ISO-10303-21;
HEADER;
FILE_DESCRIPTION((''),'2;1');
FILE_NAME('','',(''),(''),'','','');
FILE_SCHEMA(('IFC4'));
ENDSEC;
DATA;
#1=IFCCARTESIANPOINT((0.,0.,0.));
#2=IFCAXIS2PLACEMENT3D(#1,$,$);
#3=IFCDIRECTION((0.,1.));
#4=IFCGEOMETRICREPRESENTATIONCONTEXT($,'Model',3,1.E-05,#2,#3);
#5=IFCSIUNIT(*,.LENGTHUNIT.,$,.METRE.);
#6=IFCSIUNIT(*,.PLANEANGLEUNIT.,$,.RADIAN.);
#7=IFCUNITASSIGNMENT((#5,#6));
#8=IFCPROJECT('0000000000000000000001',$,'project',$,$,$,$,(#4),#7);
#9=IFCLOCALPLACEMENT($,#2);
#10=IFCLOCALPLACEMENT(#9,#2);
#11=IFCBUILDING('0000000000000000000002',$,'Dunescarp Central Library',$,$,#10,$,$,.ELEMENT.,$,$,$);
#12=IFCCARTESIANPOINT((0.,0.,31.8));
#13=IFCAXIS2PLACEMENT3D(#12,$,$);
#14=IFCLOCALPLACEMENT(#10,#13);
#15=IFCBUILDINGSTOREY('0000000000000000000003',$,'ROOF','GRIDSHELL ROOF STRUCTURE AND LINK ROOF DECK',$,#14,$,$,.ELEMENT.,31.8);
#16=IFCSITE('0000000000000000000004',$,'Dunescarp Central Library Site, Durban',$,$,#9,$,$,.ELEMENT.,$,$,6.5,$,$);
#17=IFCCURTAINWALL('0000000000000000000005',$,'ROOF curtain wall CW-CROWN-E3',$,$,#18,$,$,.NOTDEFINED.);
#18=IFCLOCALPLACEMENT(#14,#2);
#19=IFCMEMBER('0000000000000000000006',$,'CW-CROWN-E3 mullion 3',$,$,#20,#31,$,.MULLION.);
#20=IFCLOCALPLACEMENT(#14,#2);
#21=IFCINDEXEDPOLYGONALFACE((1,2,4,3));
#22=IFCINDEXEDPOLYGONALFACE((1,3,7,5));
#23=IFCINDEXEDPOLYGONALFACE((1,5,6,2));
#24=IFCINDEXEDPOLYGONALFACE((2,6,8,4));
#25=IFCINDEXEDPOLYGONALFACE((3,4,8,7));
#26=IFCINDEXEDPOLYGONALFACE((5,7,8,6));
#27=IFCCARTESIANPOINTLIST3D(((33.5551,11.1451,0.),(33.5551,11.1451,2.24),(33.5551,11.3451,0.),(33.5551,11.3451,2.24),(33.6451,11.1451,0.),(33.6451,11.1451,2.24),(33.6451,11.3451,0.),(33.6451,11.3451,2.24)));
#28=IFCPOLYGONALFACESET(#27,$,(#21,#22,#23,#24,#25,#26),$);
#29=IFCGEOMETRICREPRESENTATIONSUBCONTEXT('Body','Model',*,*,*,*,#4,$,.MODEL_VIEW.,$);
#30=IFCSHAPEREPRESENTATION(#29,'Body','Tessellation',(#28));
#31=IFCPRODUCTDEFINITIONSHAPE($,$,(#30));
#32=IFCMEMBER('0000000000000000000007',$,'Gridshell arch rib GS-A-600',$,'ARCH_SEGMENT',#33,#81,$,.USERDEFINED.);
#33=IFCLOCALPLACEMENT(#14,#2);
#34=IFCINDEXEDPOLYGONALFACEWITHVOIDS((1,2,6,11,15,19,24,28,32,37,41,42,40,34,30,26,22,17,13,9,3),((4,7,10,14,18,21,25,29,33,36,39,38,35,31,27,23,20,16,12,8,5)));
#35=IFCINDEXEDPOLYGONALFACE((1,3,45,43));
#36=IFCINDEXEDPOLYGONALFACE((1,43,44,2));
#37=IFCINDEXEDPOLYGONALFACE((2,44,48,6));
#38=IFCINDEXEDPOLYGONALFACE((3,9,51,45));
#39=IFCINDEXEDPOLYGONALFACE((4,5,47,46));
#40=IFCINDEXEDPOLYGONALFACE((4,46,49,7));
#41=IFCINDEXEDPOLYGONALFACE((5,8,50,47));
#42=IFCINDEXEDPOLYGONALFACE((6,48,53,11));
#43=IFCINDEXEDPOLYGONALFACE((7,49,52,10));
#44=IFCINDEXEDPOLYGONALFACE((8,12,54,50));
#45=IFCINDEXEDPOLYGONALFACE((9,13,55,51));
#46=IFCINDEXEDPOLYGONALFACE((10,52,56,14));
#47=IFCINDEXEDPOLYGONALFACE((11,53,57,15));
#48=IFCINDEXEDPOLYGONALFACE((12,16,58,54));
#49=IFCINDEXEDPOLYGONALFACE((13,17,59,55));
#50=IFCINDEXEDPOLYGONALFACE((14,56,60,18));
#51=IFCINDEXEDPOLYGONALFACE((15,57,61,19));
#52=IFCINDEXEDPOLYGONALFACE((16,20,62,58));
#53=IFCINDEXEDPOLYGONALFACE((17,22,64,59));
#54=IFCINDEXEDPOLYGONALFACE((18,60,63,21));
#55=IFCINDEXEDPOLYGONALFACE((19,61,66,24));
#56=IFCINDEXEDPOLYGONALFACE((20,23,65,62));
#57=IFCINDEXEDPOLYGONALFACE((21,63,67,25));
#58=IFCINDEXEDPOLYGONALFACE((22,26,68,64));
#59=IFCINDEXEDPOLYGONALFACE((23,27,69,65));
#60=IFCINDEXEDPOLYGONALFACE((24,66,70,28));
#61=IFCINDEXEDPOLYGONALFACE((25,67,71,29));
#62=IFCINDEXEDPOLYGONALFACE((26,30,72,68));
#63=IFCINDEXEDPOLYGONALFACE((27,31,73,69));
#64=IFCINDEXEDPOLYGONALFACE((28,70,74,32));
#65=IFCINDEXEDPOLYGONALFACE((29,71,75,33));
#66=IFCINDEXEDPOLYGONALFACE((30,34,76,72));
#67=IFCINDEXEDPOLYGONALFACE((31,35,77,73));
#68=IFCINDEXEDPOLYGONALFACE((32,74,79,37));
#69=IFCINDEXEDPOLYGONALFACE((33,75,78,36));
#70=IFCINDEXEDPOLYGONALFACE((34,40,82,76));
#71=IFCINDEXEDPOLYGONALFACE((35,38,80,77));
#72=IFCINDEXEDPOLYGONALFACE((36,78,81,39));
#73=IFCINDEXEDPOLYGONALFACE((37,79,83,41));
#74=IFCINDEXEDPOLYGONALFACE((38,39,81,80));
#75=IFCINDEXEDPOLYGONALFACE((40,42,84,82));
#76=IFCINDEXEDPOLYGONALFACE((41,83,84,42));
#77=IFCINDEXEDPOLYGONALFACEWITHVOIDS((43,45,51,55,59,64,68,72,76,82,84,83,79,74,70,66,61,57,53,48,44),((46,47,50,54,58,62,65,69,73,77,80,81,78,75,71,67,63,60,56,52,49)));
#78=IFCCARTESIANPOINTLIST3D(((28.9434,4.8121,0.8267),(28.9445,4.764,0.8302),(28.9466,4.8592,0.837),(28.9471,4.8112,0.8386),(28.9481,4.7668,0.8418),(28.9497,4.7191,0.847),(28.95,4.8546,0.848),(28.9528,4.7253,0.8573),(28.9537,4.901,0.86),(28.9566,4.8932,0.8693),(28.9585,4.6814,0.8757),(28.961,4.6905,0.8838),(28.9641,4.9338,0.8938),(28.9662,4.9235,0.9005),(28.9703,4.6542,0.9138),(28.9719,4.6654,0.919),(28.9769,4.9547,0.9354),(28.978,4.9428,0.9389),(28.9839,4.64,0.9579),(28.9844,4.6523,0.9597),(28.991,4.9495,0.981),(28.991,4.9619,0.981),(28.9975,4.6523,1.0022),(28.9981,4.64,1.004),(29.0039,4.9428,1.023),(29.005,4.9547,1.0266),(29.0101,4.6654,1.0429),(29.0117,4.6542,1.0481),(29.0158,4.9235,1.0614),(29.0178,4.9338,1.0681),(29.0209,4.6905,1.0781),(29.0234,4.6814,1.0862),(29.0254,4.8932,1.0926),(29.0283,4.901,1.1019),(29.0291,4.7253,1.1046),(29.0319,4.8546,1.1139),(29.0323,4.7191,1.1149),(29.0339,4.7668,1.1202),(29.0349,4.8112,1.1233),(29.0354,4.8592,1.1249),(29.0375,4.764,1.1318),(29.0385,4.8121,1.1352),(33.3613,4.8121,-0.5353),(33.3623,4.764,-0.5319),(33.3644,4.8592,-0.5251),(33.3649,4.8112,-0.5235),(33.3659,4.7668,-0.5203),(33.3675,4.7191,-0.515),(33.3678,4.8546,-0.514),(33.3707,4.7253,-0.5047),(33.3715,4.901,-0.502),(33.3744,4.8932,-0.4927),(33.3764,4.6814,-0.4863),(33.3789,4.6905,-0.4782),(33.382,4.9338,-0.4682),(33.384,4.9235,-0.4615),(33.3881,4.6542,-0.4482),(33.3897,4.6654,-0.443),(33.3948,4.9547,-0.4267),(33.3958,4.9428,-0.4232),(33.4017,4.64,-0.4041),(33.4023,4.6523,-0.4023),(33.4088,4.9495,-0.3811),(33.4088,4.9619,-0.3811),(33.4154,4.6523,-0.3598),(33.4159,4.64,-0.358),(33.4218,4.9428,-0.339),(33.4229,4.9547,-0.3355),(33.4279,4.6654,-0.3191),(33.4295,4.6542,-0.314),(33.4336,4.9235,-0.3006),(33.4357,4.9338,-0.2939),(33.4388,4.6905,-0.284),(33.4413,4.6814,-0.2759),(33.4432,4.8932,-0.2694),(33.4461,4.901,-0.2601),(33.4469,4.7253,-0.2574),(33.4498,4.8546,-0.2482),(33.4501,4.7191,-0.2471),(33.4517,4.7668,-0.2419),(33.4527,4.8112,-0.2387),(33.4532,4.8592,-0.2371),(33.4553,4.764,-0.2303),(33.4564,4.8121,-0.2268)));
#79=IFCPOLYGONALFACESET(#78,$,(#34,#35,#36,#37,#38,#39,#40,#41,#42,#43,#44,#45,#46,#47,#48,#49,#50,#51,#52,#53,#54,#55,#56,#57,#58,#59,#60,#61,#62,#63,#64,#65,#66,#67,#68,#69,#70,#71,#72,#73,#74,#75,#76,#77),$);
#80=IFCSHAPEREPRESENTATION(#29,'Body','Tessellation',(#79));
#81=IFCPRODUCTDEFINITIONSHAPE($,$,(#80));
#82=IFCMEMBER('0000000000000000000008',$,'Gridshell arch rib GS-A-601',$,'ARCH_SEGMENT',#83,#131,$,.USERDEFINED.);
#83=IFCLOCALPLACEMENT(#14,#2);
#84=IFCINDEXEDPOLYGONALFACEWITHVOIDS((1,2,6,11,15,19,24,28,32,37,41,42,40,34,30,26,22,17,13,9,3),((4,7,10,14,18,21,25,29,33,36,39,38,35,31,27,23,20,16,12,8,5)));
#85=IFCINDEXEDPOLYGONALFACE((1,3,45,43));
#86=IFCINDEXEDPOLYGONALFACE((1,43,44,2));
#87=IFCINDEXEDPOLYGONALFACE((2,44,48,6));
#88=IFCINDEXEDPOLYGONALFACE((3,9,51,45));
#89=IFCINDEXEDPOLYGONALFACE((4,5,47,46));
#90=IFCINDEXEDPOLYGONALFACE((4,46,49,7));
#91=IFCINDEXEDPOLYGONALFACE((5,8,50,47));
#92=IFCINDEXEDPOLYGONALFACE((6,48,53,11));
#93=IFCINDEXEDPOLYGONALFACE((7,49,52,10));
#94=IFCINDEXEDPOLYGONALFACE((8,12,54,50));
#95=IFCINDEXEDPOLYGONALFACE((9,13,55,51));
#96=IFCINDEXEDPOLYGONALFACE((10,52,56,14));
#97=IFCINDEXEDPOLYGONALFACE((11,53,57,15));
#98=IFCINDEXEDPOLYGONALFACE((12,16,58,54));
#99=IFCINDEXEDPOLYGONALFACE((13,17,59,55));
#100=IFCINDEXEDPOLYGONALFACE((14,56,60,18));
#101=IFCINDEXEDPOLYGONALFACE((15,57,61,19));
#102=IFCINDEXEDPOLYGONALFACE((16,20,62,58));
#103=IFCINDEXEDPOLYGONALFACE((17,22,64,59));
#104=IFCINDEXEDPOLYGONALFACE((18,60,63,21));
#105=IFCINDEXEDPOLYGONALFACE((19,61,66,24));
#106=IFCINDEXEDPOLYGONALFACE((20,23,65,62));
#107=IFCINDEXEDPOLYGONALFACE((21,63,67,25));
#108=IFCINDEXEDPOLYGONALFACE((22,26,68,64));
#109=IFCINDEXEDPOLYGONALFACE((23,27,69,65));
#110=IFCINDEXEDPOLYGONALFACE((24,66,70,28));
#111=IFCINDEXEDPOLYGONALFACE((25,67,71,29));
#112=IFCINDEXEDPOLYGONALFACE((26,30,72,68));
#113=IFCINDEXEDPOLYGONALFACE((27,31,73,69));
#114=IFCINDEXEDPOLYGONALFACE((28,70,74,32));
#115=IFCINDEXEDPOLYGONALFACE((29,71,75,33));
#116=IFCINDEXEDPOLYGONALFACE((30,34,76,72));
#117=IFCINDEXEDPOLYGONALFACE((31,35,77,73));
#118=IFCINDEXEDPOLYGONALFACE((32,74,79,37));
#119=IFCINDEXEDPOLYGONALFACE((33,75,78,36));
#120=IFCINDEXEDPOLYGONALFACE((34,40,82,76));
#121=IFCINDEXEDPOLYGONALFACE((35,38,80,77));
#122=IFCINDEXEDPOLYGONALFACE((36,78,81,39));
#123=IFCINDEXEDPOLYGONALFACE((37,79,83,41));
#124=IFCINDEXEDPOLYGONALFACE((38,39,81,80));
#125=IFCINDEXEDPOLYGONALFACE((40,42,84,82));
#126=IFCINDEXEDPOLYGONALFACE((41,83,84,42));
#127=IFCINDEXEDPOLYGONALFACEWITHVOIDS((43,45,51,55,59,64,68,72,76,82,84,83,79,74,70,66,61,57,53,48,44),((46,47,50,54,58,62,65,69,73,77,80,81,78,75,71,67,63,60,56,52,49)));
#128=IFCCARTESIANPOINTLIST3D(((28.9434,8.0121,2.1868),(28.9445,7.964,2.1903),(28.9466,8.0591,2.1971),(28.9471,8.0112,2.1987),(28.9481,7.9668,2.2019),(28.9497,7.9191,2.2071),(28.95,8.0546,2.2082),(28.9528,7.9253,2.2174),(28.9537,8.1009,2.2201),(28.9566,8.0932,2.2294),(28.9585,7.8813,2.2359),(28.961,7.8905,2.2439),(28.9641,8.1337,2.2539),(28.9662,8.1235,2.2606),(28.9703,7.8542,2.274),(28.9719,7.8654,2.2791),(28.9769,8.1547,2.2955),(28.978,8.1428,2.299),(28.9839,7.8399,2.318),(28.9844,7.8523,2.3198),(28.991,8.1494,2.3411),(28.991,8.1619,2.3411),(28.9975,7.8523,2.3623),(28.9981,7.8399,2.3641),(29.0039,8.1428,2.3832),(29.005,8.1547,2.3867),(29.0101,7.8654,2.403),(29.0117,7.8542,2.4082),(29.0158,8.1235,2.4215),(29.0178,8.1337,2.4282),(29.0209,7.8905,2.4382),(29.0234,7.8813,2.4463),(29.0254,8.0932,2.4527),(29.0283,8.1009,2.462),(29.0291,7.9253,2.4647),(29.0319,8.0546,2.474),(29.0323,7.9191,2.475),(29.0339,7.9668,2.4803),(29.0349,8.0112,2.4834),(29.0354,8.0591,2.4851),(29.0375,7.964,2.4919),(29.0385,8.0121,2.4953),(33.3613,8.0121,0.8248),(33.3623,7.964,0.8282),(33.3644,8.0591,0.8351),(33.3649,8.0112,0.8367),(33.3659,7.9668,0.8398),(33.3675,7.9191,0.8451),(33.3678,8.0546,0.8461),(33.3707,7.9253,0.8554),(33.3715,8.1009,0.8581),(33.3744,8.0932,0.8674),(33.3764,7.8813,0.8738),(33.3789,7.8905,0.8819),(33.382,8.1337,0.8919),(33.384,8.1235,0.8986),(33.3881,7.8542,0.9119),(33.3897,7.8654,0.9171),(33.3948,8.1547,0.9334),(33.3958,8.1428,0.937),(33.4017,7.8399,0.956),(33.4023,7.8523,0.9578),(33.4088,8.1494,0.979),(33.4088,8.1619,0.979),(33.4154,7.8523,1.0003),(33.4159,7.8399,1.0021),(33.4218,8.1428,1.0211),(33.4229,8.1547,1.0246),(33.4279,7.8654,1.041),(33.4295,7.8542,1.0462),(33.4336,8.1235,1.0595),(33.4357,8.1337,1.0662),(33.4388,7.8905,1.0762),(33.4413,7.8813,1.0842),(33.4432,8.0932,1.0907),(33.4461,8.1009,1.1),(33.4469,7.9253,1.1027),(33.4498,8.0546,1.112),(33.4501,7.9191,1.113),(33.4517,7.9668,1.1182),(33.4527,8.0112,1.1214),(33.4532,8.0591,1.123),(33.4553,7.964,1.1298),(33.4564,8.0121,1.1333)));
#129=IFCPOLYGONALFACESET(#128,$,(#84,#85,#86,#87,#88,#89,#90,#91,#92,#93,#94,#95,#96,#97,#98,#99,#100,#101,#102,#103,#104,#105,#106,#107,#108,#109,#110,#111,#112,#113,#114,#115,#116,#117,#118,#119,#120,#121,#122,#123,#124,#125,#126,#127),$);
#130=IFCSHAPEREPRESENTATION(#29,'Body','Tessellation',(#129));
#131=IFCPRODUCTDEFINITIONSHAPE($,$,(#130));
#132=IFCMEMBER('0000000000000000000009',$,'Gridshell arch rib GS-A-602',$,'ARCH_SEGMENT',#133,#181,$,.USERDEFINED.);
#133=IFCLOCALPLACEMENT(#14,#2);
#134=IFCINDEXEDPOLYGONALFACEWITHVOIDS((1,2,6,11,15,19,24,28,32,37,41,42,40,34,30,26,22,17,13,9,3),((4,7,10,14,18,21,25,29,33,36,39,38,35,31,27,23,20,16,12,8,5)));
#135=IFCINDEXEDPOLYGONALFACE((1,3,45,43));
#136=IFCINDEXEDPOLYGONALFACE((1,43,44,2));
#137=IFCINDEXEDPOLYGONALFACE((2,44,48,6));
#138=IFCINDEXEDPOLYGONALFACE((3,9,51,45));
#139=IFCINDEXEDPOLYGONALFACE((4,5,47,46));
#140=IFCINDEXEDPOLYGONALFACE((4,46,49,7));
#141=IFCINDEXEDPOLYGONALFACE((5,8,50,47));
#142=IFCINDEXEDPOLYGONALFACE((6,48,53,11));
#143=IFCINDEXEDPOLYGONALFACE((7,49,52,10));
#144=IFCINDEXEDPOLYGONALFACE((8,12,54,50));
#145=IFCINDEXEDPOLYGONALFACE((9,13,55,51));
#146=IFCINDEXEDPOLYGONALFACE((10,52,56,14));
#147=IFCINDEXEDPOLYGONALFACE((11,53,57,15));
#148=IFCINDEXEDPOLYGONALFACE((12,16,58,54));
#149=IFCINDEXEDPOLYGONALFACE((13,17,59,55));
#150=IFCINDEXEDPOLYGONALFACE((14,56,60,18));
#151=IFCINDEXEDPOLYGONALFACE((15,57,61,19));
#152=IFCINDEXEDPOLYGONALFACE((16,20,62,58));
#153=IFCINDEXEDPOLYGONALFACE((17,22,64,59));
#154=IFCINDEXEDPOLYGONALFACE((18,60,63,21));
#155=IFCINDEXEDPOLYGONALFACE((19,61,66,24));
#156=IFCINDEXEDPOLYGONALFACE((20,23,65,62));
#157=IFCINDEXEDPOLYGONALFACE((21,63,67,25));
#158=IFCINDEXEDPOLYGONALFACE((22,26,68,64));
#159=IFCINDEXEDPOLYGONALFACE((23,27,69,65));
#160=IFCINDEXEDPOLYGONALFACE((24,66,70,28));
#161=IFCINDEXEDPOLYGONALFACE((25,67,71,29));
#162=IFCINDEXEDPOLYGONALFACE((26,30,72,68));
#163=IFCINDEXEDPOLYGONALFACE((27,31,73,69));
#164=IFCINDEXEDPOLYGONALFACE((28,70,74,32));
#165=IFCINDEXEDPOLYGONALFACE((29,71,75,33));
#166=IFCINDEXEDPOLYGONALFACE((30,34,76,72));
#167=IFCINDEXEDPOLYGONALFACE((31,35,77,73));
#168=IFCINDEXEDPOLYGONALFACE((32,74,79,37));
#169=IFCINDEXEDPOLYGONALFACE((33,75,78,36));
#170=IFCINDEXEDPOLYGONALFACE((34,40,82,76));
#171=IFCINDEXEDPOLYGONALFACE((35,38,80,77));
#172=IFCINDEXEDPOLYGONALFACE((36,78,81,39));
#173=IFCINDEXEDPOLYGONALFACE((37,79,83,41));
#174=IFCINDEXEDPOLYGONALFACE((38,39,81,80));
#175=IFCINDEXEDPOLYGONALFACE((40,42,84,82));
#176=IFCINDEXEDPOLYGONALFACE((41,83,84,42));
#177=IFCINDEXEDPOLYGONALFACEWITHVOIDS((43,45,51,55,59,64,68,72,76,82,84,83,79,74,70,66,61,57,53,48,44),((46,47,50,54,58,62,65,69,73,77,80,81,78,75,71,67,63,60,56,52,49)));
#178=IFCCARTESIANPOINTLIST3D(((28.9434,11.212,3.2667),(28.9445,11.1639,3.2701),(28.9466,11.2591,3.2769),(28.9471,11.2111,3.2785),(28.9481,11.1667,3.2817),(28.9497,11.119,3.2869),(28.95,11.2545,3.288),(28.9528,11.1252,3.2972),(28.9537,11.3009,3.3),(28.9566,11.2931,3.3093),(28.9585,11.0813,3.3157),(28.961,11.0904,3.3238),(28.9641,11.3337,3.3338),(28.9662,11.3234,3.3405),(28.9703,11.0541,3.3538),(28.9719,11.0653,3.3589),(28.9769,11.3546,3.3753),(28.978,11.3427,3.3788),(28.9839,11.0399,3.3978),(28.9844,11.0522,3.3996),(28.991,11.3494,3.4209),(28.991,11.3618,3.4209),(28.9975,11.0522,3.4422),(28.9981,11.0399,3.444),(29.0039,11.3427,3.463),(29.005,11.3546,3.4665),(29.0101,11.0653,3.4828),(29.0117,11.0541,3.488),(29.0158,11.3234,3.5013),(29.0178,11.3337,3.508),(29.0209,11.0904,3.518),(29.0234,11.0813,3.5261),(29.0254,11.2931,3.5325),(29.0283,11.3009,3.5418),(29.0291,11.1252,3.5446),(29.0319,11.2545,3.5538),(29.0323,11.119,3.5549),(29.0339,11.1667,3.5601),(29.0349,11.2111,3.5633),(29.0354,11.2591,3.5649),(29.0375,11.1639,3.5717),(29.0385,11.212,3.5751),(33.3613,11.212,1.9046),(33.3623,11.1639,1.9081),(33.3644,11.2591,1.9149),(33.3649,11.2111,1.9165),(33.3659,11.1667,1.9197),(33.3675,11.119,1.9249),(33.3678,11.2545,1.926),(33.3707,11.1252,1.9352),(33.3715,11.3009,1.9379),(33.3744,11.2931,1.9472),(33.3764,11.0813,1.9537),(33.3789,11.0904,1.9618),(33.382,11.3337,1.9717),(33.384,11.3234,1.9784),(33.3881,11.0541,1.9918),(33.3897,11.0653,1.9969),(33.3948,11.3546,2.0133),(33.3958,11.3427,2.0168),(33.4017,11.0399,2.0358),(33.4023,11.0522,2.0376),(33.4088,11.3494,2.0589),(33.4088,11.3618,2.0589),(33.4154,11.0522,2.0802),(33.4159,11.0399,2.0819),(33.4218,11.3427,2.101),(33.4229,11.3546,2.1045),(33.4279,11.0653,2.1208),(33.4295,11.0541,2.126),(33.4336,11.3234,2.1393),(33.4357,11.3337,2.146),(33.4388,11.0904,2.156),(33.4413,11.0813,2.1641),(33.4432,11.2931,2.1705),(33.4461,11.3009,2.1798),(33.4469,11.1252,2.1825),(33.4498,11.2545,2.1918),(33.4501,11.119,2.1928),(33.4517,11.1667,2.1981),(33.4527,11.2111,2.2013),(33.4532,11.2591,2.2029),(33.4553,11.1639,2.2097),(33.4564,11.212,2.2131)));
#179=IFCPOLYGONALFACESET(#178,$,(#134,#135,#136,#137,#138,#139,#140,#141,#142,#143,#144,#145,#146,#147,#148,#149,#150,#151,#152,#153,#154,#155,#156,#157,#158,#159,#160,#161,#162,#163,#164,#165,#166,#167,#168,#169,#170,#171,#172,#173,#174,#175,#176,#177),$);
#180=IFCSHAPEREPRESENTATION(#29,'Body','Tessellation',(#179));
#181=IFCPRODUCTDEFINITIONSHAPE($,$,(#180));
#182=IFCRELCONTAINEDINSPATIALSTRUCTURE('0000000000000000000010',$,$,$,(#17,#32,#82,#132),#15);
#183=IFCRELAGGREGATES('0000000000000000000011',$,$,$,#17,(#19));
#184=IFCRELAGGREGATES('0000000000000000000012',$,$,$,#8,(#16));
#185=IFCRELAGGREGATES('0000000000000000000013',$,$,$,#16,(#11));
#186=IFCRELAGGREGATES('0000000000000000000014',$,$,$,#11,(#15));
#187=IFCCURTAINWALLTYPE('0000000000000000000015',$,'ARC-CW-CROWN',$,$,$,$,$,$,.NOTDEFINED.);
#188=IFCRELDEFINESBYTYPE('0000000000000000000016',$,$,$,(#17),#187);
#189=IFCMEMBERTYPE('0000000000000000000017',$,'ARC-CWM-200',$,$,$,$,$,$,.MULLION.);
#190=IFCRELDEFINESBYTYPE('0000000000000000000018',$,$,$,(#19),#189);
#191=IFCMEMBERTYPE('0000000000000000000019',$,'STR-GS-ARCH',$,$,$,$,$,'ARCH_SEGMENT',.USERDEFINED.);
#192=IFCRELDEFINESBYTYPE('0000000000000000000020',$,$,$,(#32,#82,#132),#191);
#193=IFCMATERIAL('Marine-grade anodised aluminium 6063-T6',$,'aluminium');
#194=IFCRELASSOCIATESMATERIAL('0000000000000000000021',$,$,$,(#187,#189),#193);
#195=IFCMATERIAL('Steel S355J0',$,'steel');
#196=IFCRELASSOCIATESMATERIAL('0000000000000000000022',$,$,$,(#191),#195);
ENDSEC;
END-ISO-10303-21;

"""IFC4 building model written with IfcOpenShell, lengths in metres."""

from ifc_helpers import new_model, si_unit, direction, frame, origin, origin_2d, place, context, subcontext, project, spatial, rectangle, hollow_circle, extrude, material, material_profile, profile_set, type_object, element, aggregate, save


model = new_model("IFC4")

# Units and contexts
model_context = context("Model", 3, precision=1e-05, world=origin(), true_north=direction((0.0, 1.0)))
body_context = subcontext(model_context, "Body", "Model", "MODEL_VIEW")
ifc_project = project(units=[si_unit("LENGTHUNIT", "METRE"), si_unit("PLANEANGLEUNIT", "RADIAN")], contexts=[model_context])

# Site, building, storey
site_placement = place(None, origin())
site = spatial("IfcSite", under=ifc_project, at=site_placement, Name="Dunescarp Central Library Site, Durban", CompositionType="ELEMENT", RefElevation=6.5)
building_placement = place(site_placement, origin())
building = spatial("IfcBuilding", under=site, at=building_placement, Name="Dunescarp Central Library", CompositionType="ELEMENT")
storey_placement = place(building_placement, frame((0.0, 0.0, 31.8)))
storey = spatial("IfcBuildingStorey", under=building, at=storey_placement, Name="ROOF", Description="GRIDSHELL ROOF STRUCTURE AND LINK ROOF DECK", CompositionType="ELEMENT", Elevation=31.8)

# Curtain wall, member
ifc_material_1 = material(Name="Marine-grade anodised aluminium 6063-T6", Category="aluminium")
curtain_wall_type = type_object("IfcCurtainWallType", Name="ARC-CW-CROWN", PredefinedType="NOTDEFINED", material=ifc_material_1)
curtain_wall_placement = place(storey_placement, origin())
curtain_wall = element("IfcCurtainWall", 1, at=curtain_wall_placement, inside=storey, type_object=curtain_wall_type, Name="ROOF curtain wall CW-CROWN-E3", PredefinedType="NOTDEFINED")
ifc_material_profile_1 = material_profile(ifc_material_1, rectangle(XDim=0.0901, YDim=0.2, at=origin_2d()), Name="AL 90x200")
ifc_profile_set_1 = profile_set([ifc_material_profile_1], Name="Marine-grade anodised aluminium 6063-T6")
member_type_1 = type_object("IfcMemberType", Name="ARC-CWM-200", PredefinedType="MULLION", material=ifc_profile_set_1)
member_1_placement = place(storey_placement, frame((33.6001, 11.2451, 0.0), z_axis=(0.0, 0.0, 1.0), x_axis=(1.0, 0.0, 0.0)))
member_1 = element("IfcMember", 2, at=member_1_placement, type_object=member_type_1, Name="CW-CROWN-E3 mullion 3", PredefinedType="MULLION", context=body_context, shape_type="SweptSolid", body=[
    extrude(rectangle(XDim=0.0901, YDim=0.2, at=origin_2d()), origin(), (0.0, 0.0, 1.0), 2.24),
])
aggregate(curtain_wall, [member_1])

# Members
ifc_material_2 = material(Name="Steel S355J0", Category="steel")
ifc_material_profile_2 = material_profile(ifc_material_2, hollow_circle(Radius=0.1619, WallThickness=0.0125, at=origin_2d()), Name="CHS 323.9x12.5")
ifc_profile_set_2 = profile_set([ifc_material_profile_2], Name="Steel S355J0")
member_type_2 = type_object("IfcMemberType", Name="STR-GS-ARCH", ElementType="ARCH_SEGMENT", PredefinedType="USERDEFINED", material=ifc_profile_set_2)
for number, where, z_axis, x_axis, name in (
    (3, (28.991, 4.8, 0.981), (0.955616, 0.0, -0.294616), (0.0, 1.0, 0.0), "Gridshell arch rib GS-A-600"),
    (4, (28.991, 8.0, 2.3411), (0.955616, 0.0, -0.294616), (0.0, 1.0, 0.0), "Gridshell arch rib GS-A-601"),
    (5, (28.991, 11.2, 3.4209), (0.955616, 0.0, -0.294616), (0.0, 1.0, 0.0), "Gridshell arch rib GS-A-602"),
):
    element("IfcMember", number, at=place(storey_placement, frame(where, z_axis=z_axis, x_axis=x_axis)), inside=storey, type_object=member_type_2, Name=name, ObjectType="ARCH_SEGMENT", PredefinedType="USERDEFINED", context=body_context, shape_type="SweptSolid", body=[
        extrude(hollow_circle(Radius=0.1619, WallThickness=0.0125, at=origin_2d()), origin(), (0.0, 0.0, 1.0), 4.623),
    ])

save(model, "model.ifc")
